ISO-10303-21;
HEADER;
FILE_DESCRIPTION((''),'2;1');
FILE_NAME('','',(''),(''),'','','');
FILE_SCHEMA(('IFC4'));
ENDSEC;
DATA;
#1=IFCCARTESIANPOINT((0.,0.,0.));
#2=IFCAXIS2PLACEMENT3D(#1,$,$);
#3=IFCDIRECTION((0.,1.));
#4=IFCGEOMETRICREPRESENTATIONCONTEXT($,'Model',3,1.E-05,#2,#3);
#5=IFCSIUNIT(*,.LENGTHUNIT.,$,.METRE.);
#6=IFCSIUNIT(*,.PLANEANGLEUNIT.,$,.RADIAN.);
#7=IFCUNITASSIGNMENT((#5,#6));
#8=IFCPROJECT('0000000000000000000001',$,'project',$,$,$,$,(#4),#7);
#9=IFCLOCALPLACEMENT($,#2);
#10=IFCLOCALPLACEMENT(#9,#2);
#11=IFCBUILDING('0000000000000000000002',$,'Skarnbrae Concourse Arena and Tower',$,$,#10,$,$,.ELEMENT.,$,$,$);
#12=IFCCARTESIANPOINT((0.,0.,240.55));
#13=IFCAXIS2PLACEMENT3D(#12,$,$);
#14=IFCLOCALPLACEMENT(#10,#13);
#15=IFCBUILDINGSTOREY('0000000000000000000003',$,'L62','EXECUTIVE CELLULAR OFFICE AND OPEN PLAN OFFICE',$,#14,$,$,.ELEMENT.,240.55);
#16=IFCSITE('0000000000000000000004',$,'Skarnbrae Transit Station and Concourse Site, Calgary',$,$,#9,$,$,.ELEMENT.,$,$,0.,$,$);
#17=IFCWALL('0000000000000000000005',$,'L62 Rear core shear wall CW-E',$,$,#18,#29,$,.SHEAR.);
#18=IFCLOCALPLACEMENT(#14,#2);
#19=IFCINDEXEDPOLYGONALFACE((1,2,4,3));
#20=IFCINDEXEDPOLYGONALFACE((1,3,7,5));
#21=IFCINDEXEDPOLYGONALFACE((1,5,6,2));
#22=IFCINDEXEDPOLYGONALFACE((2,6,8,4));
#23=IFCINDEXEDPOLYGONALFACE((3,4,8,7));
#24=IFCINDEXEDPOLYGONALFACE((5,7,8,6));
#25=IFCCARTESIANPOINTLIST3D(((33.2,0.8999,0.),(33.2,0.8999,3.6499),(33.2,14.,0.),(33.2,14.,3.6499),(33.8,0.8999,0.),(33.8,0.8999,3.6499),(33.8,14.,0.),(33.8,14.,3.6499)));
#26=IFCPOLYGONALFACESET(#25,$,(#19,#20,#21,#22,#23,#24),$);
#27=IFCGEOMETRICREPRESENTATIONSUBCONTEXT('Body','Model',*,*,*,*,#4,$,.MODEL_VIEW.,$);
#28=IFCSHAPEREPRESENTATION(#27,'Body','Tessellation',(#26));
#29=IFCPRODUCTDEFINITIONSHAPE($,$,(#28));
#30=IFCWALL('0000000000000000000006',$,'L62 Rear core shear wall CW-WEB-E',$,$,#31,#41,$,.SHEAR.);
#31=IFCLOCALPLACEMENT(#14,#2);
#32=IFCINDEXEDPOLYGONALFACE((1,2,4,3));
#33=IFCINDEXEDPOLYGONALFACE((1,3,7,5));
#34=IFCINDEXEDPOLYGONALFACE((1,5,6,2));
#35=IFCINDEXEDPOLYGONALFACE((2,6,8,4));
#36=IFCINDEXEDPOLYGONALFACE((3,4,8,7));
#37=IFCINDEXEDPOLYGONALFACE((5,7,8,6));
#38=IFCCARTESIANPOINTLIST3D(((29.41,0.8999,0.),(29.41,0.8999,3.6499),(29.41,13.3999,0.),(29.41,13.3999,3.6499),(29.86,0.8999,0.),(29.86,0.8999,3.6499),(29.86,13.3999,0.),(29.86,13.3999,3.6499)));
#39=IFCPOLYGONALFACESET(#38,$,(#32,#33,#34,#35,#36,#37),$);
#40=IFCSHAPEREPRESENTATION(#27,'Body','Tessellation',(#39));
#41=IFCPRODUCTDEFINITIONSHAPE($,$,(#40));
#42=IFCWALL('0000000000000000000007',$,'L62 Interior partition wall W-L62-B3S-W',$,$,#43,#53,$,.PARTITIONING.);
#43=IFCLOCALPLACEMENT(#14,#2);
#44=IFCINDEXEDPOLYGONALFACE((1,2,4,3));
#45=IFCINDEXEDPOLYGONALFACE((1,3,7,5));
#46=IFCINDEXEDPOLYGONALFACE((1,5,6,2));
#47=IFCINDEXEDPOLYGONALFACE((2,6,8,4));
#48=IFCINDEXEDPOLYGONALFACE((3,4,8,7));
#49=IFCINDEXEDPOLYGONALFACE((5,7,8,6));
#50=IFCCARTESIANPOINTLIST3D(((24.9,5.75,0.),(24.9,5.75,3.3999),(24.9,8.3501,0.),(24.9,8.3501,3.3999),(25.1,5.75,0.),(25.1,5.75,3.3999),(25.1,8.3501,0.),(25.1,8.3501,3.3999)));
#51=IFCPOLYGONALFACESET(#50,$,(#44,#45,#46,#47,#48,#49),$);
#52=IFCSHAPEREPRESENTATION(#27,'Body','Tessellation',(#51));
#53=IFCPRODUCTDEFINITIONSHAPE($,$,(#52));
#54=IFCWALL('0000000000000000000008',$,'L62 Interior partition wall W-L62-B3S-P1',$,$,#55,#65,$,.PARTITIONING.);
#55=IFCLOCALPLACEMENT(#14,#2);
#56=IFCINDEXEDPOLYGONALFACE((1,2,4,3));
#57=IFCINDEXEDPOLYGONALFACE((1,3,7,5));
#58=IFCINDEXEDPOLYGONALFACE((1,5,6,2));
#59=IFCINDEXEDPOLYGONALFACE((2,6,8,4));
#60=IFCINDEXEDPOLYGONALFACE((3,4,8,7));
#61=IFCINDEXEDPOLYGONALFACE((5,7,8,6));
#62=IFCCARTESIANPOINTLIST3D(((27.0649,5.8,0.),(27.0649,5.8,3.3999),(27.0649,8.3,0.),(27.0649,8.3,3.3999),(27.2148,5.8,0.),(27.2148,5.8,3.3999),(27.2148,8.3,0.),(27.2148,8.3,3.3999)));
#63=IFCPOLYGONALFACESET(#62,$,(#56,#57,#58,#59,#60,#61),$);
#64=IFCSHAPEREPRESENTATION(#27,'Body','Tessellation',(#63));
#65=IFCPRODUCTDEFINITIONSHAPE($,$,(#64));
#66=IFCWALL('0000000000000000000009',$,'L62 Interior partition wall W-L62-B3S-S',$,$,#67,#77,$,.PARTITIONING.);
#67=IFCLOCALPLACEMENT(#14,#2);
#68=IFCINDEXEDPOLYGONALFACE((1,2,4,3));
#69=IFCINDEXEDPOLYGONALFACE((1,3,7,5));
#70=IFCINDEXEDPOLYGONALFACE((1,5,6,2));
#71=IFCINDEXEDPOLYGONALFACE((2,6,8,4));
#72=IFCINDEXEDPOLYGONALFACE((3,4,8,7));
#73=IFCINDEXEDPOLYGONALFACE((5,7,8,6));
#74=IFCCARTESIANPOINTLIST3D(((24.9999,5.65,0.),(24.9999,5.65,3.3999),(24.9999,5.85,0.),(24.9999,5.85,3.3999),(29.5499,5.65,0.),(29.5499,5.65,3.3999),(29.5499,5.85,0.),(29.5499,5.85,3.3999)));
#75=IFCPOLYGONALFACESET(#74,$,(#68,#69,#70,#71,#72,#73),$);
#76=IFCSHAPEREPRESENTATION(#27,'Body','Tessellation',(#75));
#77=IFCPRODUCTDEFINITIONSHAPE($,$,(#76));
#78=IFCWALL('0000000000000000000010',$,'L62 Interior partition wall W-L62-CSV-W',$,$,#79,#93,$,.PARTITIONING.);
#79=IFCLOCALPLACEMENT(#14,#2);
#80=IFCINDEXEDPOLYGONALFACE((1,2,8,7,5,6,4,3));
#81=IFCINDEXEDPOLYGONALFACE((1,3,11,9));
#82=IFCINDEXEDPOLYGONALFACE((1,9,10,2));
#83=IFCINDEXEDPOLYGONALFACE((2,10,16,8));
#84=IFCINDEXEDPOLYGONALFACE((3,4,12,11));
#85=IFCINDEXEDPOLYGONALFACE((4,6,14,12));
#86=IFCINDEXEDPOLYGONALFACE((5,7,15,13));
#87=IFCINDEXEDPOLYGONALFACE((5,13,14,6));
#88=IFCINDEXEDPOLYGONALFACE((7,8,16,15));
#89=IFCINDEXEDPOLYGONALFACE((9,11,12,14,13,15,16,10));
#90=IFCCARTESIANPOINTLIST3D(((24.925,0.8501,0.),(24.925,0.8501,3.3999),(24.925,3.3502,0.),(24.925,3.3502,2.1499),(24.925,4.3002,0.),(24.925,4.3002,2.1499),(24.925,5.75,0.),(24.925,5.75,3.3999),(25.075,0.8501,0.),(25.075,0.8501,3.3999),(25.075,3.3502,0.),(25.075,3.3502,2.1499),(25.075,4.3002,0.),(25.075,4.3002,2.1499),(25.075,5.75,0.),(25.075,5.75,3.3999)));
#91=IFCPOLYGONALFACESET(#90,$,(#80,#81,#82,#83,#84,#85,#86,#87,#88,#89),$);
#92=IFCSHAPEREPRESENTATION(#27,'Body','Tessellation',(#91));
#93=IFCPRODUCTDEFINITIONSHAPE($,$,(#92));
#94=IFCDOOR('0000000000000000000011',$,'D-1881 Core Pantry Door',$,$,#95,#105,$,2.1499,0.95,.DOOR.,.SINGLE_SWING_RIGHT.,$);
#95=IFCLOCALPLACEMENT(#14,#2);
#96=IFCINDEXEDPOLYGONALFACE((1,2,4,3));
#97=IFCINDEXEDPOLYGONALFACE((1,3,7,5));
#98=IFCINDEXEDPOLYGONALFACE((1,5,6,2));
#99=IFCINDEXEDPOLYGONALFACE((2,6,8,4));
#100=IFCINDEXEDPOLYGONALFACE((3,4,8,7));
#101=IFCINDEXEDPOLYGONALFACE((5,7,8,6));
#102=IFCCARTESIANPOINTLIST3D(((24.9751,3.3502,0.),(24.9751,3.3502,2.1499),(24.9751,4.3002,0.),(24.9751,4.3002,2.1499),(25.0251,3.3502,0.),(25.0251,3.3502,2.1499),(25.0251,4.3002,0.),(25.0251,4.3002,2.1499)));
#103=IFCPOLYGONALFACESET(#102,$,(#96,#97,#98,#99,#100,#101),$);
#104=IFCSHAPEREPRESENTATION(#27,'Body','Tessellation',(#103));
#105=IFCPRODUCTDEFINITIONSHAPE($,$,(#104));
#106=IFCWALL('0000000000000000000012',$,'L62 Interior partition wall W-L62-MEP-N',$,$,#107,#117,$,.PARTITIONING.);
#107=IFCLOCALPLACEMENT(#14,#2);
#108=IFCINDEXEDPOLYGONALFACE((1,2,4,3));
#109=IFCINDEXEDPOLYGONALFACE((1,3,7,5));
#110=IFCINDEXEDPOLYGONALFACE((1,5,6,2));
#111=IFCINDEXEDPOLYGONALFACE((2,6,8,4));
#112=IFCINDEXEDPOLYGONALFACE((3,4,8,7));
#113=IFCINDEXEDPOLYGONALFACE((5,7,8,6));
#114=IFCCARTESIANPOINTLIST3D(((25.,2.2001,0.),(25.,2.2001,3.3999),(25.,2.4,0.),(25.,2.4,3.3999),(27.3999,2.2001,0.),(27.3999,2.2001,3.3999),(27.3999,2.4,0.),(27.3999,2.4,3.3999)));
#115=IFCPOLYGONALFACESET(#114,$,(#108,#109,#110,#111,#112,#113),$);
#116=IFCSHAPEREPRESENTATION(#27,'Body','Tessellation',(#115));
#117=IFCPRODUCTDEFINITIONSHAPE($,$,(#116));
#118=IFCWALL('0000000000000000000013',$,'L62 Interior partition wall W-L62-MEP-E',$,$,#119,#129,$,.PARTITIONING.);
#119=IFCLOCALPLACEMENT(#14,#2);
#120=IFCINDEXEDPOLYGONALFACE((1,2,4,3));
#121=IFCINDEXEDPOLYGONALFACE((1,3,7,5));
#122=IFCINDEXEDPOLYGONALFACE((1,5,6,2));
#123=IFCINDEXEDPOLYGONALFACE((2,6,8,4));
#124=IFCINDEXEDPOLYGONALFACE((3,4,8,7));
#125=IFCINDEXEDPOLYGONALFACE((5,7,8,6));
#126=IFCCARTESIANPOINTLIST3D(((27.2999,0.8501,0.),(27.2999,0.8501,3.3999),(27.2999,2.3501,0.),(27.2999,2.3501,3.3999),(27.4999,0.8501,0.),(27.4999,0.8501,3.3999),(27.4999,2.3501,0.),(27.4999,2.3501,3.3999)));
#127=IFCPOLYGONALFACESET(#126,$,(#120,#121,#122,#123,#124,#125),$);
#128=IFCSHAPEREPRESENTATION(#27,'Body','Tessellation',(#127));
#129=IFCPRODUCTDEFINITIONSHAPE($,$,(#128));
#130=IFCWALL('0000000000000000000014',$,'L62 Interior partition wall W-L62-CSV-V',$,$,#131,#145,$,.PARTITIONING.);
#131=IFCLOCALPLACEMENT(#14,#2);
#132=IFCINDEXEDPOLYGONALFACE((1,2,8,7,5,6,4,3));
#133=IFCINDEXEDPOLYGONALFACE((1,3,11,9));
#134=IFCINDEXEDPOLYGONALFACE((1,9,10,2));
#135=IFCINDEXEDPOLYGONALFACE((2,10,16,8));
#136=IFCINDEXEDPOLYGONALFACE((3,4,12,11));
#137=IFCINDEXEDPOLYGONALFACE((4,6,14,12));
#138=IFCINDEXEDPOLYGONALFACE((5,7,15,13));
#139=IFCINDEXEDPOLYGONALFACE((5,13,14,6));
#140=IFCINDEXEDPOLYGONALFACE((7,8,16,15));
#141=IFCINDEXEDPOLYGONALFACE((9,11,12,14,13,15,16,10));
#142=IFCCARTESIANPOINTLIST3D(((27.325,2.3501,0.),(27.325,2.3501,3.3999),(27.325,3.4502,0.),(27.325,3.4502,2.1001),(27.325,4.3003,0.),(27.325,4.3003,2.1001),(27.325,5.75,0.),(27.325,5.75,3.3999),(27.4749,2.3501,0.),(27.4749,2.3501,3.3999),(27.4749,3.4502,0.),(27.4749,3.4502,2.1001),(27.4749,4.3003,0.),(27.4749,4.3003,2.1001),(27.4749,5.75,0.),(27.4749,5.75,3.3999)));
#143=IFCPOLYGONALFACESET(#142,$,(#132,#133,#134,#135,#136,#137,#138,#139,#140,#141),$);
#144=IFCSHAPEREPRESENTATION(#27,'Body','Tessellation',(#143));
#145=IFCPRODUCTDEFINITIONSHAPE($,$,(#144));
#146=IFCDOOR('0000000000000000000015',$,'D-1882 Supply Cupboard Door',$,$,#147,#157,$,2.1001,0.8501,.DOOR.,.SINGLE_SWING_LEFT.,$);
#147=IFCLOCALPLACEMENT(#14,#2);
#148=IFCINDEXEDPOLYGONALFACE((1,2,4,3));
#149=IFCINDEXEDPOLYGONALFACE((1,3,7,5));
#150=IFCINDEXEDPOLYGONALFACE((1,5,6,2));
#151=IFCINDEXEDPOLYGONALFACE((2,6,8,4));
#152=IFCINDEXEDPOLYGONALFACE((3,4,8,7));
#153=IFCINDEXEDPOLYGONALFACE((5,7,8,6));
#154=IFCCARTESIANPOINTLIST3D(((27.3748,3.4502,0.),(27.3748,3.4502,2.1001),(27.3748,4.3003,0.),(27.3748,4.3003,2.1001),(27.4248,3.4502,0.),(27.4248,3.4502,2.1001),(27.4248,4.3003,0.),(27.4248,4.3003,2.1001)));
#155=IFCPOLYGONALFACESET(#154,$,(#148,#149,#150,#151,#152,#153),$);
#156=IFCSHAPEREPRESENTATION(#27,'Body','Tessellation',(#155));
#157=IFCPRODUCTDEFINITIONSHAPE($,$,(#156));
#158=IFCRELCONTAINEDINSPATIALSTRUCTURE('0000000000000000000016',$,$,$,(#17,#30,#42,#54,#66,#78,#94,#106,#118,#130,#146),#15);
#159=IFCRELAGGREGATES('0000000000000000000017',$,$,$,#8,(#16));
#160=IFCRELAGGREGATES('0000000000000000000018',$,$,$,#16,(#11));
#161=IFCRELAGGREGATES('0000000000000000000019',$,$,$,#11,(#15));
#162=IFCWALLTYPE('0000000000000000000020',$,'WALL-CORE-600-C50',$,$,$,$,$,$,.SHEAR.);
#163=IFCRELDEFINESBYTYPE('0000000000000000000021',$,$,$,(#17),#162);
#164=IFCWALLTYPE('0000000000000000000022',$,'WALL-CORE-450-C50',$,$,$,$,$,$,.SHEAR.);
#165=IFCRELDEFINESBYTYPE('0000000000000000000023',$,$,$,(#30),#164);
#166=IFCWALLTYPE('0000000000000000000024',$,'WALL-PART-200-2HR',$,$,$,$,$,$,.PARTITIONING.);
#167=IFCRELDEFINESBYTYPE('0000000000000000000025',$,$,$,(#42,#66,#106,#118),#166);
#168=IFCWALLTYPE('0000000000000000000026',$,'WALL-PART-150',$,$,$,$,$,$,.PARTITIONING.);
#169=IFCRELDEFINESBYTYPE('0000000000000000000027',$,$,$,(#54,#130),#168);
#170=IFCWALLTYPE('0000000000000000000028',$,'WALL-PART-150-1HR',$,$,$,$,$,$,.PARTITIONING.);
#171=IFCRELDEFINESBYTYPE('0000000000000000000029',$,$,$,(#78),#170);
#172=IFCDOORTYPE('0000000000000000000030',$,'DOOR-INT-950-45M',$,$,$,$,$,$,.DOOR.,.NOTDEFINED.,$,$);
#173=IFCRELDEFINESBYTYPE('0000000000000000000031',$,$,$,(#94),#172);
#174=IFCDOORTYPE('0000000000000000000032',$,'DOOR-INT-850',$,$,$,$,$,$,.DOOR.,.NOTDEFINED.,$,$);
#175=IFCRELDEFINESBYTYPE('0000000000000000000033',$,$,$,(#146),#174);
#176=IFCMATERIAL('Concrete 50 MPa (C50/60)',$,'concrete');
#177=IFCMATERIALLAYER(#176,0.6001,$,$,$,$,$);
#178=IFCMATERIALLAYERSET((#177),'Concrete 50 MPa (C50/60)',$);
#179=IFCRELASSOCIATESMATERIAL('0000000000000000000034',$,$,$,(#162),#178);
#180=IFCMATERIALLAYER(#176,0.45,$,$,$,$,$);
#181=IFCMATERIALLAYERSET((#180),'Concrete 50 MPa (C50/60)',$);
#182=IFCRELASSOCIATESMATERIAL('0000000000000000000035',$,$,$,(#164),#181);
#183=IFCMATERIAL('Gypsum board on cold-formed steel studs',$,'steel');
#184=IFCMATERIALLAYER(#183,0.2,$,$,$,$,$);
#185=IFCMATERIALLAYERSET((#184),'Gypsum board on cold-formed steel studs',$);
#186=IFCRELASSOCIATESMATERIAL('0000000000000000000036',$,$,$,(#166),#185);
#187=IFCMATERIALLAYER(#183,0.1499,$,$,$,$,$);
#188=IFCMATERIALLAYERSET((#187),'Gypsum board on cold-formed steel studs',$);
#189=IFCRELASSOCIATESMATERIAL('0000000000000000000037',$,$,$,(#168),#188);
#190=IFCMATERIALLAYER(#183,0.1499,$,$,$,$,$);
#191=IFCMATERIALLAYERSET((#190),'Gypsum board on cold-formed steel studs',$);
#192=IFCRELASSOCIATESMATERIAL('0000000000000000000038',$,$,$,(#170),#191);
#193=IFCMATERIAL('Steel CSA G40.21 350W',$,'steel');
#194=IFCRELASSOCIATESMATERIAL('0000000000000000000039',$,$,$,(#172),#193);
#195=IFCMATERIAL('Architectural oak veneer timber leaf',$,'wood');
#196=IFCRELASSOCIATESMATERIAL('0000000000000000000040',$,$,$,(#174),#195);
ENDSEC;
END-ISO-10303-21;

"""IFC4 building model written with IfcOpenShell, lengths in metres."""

from ifc_helpers import new_model, si_unit, direction, frame, frame_2d, origin, place, context, subcontext, project, spatial, rectangle, extrude, source, transform, mapped, material, layer, layer_set, type_object, element, fill, save


model = new_model("IFC4")

# Units and contexts
model_context = context("Model", 3, precision=1e-05, world=origin(), true_north=direction((0.0, 1.0)))
body_context = subcontext(model_context, "Body", "Model", "MODEL_VIEW")
ifc_project = project(units=[si_unit("LENGTHUNIT", "METRE"), si_unit("PLANEANGLEUNIT", "RADIAN")], contexts=[model_context])

# Site, building, storey
site_placement = place(None, origin())
site = spatial("IfcSite", under=ifc_project, at=site_placement, Name="Skarnbrae Transit Station and Concourse Site, Calgary", CompositionType="ELEMENT", RefElevation=0.0)
building_placement = place(site_placement, origin())
building = spatial("IfcBuilding", under=site, at=building_placement, Name="Skarnbrae Concourse Arena and Tower", CompositionType="ELEMENT")
storey_placement = place(building_placement, frame((0.0, 0.0, 240.55)))
storey = spatial("IfcBuildingStorey", under=building, at=storey_placement, Name="L62", Description="EXECUTIVE CELLULAR OFFICE AND OPEN PLAN OFFICE", CompositionType="ELEMENT", Elevation=240.55)

# Walls
ifc_material_1 = material(Name="Concrete 50 MPa (C50/60)", Category="concrete")
ifc_layer_1 = layer(ifc_material_1, 0.6001)
ifc_layer_set_1 = layer_set([ifc_layer_1], Name="Concrete 50 MPa (C50/60)")
wall_type_1 = type_object("IfcWallType", Name="WALL-CORE-600-C50", PredefinedType="SHEAR", material=ifc_layer_set_1)
shared_shape_1 = source(origin(), body_context, "Body", "SweptSolid", [
    extrude(rectangle(XDim=13.1001, YDim=0.6001, at=frame_2d((6.55, 0.0))), origin(), (0.0, 0.0, 1.0), 3.6499),
])
wall_1_placement = place(storey_placement, frame((33.5, 0.8999, 0.0), z_axis=(0.0, 0.0, 1.0), x_axis=(0.0, 1.0, 0.0)))
element("IfcWall", 1, at=wall_1_placement, inside=storey, type_object=wall_type_1, Name="L62 Rear core shear wall CW-E", PredefinedType="SHEAR", context=body_context, shape_type="MappedRepresentation", body=[
    mapped(shared_shape_1, transform((0.0, 0.0, 0.0))),
])
ifc_layer_2 = layer(ifc_material_1, 0.45)
ifc_layer_set_2 = layer_set([ifc_layer_2], Name="Concrete 50 MPa (C50/60)")
wall_type_2 = type_object("IfcWallType", Name="WALL-CORE-450-C50", PredefinedType="SHEAR", material=ifc_layer_set_2)
shared_shape_2 = source(origin(), body_context, "Body", "SweptSolid", [
    extrude(rectangle(XDim=12.5, YDim=0.45, at=frame_2d((6.25, 0.0))), origin(), (0.0, 0.0, 1.0), 3.6499),
])
wall_2_placement = place(storey_placement, frame((29.635, 0.8999, 0.0), z_axis=(0.0, 0.0, 1.0), x_axis=(0.0, 1.0, 0.0)))
element("IfcWall", 2, at=wall_2_placement, inside=storey, type_object=wall_type_2, Name="L62 Rear core shear wall CW-WEB-E", PredefinedType="SHEAR", context=body_context, shape_type="MappedRepresentation", body=[
    mapped(shared_shape_2, transform((0.0, 0.0, 0.0))),
])
ifc_material_2 = material(Name="Gypsum board on cold-formed steel studs", Category="steel")
ifc_layer_3 = layer(ifc_material_2, 0.2)
ifc_layer_set_3 = layer_set([ifc_layer_3], Name="Gypsum board on cold-formed steel studs")
wall_type_3 = type_object("IfcWallType", Name="WALL-PART-200-2HR", PredefinedType="PARTITIONING", material=ifc_layer_set_3)
shared_shape_3 = source(origin(), body_context, "Body", "SweptSolid", [
    extrude(rectangle(XDim=2.6001, YDim=0.2, at=frame_2d((1.3, 0.0))), origin(), (0.0, 0.0, 1.0), 3.3999),
])
wall_3_placement = place(storey_placement, frame((25.0, 5.75, 0.0), z_axis=(0.0, 0.0, 1.0), x_axis=(0.0, 1.0, 0.0)))
element("IfcWall", 3, at=wall_3_placement, inside=storey, type_object=wall_type_3, Name="L62 Interior partition wall W-L62-B3S-W", PredefinedType="PARTITIONING", context=body_context, shape_type="MappedRepresentation", body=[
    mapped(shared_shape_3, transform((0.0, 0.0, 0.0))),
])
ifc_layer_4 = layer(ifc_material_2, 0.1499)
ifc_layer_set_4 = layer_set([ifc_layer_4], Name="Gypsum board on cold-formed steel studs")
wall_type_4 = type_object("IfcWallType", Name="WALL-PART-150", PredefinedType="PARTITIONING", material=ifc_layer_set_4)
shared_shape_4 = source(origin(), body_context, "Body", "SweptSolid", [
    extrude(rectangle(XDim=2.5, YDim=0.1499, at=frame_2d((1.25, 0.0))), origin(), (0.0, 0.0, 1.0), 3.3999),
])
wall_4_placement = place(storey_placement, frame((27.1399, 5.8, 0.0), z_axis=(0.0, 0.0, 1.0), x_axis=(0.0, 1.0, 0.0)))
element("IfcWall", 4, at=wall_4_placement, inside=storey, type_object=wall_type_4, Name="L62 Interior partition wall W-L62-B3S-P1", PredefinedType="PARTITIONING", context=body_context, shape_type="MappedRepresentation", body=[
    mapped(shared_shape_4, transform((0.0, 0.0, 0.0))),
])

# Shared definitions
shared_shape_5 = source(origin(), body_context, "Body", "SweptSolid", [
    extrude(rectangle(XDim=4.55, YDim=0.2, at=frame_2d((2.2749, 0.0))), origin(), (0.0, 0.0, 1.0), 3.3999),
])

# Wall
wall_5_placement = place(storey_placement, frame((25.0, 5.75, 0.0), z_axis=(0.0, 0.0, 1.0), x_axis=(1.0, 0.0, 0.0)))
element("IfcWall", 5, at=wall_5_placement, inside=storey, type_object=wall_type_3, Name="L62 Interior partition wall W-L62-B3S-S", PredefinedType="PARTITIONING", context=body_context, shape_type="MappedRepresentation", body=[
    mapped(shared_shape_5, transform((0.0, 0.0, 0.0))),
])

# Wall, opening, door
ifc_layer_5 = layer(ifc_material_2, 0.1499)
ifc_layer_set_5 = layer_set([ifc_layer_5], Name="Gypsum board on cold-formed steel studs")
wall_type_5 = type_object("IfcWallType", Name="WALL-PART-150-1HR", PredefinedType="PARTITIONING", material=ifc_layer_set_5)
shared_shape_6 = source(origin(), body_context, "Body", "SweptSolid", [
    extrude(rectangle(XDim=4.8999, YDim=0.1499, at=frame_2d((2.45, 0.0))), origin(), (0.0, 0.0, 1.0), 3.3999),
])
wall_6_placement = place(storey_placement, frame((25.0, 0.8501, 0.0), z_axis=(0.0, 0.0, 1.0), x_axis=(0.0, 1.0, 0.0)))
wall_6 = element("IfcWall", 6, at=wall_6_placement, inside=storey, type_object=wall_type_5, Name="L62 Interior partition wall W-L62-CSV-W", PredefinedType="PARTITIONING", context=body_context, shape_type="MappedRepresentation", body=[
    mapped(shared_shape_6, transform((0.0, 0.0, 0.0))),
])
opening_1_placement = place(wall_6_placement, frame((2.5, 0.0, 0.0)))
opening_1 = element("IfcOpeningElement", 7, at=opening_1_placement, cuts=wall_6, PredefinedType="OPENING", context=body_context, shape_type="SweptSolid", body=[
    extrude(rectangle(XDim=0.95, YDim=2.1499, at=frame_2d((0.4751, 1.075))), frame((0.0, 0.085, 0.0), z_axis=(0.0, -1.0, 0.0), x_axis=(1.0, 0.0, 0.0)), (0.0, 0.0, 1.0), 0.1699),
])
ifc_material_3 = material(Name="Steel CSA G40.21 350W", Category="steel")
door_type_1 = type_object("IfcDoorType", Name="DOOR-INT-950-45M", OperationType="NOTDEFINED", PredefinedType="DOOR", material=ifc_material_3)
shared_shape_7 = source(origin(), body_context, "Body", "SweptSolid", [
    extrude(rectangle(XDim=0.95, YDim=2.1499, at=frame_2d((0.4751, 1.075))), frame((0.0, 0.0249, 0.0), z_axis=(0.0, -1.0, 0.0), x_axis=(1.0, 0.0, 0.0)), (0.0, 0.0, 1.0), 0.05),
])
door_1_placement = place(opening_1_placement, origin())
door_1 = element("IfcDoor", 8, at=door_1_placement, inside=storey, type_object=door_type_1, Name="D-1881 Core Pantry Door", OperationType="SINGLE_SWING_RIGHT", OverallHeight=2.1499, OverallWidth=0.95, PredefinedType="DOOR", context=body_context, shape_type="MappedRepresentation", body=[
    mapped(shared_shape_7, transform((0.0, 0.0, 0.0))),
])
fill(opening_1, door_1)

# Walls
shared_shape_8 = source(origin(), body_context, "Body", "SweptSolid", [
    extrude(rectangle(XDim=2.3999, YDim=0.2, at=frame_2d((1.2, 0.0))), origin(), (0.0, 0.0, 1.0), 3.3999),
])
wall_7_placement = place(storey_placement, frame((25.0, 2.3, 0.0), z_axis=(0.0, 0.0, 1.0), x_axis=(1.0, 0.0, 0.0)))
element("IfcWall", 9, at=wall_7_placement, inside=storey, type_object=wall_type_3, Name="L62 Interior partition wall W-L62-MEP-N", PredefinedType="PARTITIONING", context=body_context, shape_type="MappedRepresentation", body=[
    mapped(shared_shape_8, transform((0.0, 0.0, 0.0))),
])
shared_shape_9 = source(origin(), body_context, "Body", "SweptSolid", [
    extrude(rectangle(XDim=1.5, YDim=0.2, at=frame_2d((0.75, 0.0))), origin(), (0.0, 0.0, 1.0), 3.3999),
])
wall_8_placement = place(storey_placement, frame((27.3999, 0.8501, 0.0), z_axis=(0.0, 0.0, 1.0), x_axis=(0.0, 1.0, 0.0)))
element("IfcWall", 10, at=wall_8_placement, inside=storey, type_object=wall_type_3, Name="L62 Interior partition wall W-L62-MEP-E", PredefinedType="PARTITIONING", context=body_context, shape_type="MappedRepresentation", body=[
    mapped(shared_shape_9, transform((0.0, 0.0, 0.0))),
])

# Wall, opening, door
shared_shape_10 = source(origin(), body_context, "Body", "SweptSolid", [
    extrude(rectangle(XDim=3.3999, YDim=0.1499, at=frame_2d((1.7, 0.0))), origin(), (0.0, 0.0, 1.0), 3.3999),
])
wall_9_placement = place(storey_placement, frame((27.3999, 2.3501, 0.0), z_axis=(0.0, 0.0, 1.0), x_axis=(0.0, 1.0, 0.0)))
wall_9 = element("IfcWall", 11, at=wall_9_placement, inside=storey, type_object=wall_type_4, Name="L62 Interior partition wall W-L62-CSV-V", PredefinedType="PARTITIONING", context=body_context, shape_type="MappedRepresentation", body=[
    mapped(shared_shape_10, transform((0.0, 0.0, 0.0))),
])
opening_2_placement = place(wall_9_placement, frame((1.1001, 0.0, 0.0)))
opening_2 = element("IfcOpeningElement", 12, at=opening_2_placement, cuts=wall_9, PredefinedType="OPENING", context=body_context, shape_type="SweptSolid", body=[
    extrude(rectangle(XDim=0.8501, YDim=2.1001, at=frame_2d((0.425, 1.05))), frame((0.0, 0.085, 0.0), z_axis=(0.0, -1.0, 0.0), x_axis=(1.0, 0.0, 0.0)), (0.0, 0.0, 1.0), 0.1699),
])
ifc_material_4 = material(Name="Architectural oak veneer timber leaf", Category="wood")
door_type_2 = type_object("IfcDoorType", Name="DOOR-INT-850", OperationType="NOTDEFINED", PredefinedType="DOOR", material=ifc_material_4)
shared_shape_11 = source(origin(), body_context, "Body", "SweptSolid", [
    extrude(rectangle(XDim=0.8501, YDim=2.1001, at=frame_2d((0.425, 1.05))), frame((0.0, 0.0249, 0.0), z_axis=(0.0, -1.0, 0.0), x_axis=(1.0, 0.0, 0.0)), (0.0, 0.0, 1.0), 0.05),
])
door_2_placement = place(opening_2_placement, frame((0.8501, 0.0, 0.0), z_axis=(0.0, 0.0, 1.0), x_axis=(-1.0, 0.0, 0.0)))
door_2 = element("IfcDoor", 13, at=door_2_placement, inside=storey, type_object=door_type_2, Name="D-1882 Supply Cupboard Door", OperationType="SINGLE_SWING_LEFT", OverallHeight=2.1001, OverallWidth=0.8501, PredefinedType="DOOR", context=body_context, shape_type="MappedRepresentation", body=[
    mapped(shared_shape_11, transform((0.0, 0.0, 0.0))),
])
fill(opening_2, door_2)

save(model, "model.ifc")
